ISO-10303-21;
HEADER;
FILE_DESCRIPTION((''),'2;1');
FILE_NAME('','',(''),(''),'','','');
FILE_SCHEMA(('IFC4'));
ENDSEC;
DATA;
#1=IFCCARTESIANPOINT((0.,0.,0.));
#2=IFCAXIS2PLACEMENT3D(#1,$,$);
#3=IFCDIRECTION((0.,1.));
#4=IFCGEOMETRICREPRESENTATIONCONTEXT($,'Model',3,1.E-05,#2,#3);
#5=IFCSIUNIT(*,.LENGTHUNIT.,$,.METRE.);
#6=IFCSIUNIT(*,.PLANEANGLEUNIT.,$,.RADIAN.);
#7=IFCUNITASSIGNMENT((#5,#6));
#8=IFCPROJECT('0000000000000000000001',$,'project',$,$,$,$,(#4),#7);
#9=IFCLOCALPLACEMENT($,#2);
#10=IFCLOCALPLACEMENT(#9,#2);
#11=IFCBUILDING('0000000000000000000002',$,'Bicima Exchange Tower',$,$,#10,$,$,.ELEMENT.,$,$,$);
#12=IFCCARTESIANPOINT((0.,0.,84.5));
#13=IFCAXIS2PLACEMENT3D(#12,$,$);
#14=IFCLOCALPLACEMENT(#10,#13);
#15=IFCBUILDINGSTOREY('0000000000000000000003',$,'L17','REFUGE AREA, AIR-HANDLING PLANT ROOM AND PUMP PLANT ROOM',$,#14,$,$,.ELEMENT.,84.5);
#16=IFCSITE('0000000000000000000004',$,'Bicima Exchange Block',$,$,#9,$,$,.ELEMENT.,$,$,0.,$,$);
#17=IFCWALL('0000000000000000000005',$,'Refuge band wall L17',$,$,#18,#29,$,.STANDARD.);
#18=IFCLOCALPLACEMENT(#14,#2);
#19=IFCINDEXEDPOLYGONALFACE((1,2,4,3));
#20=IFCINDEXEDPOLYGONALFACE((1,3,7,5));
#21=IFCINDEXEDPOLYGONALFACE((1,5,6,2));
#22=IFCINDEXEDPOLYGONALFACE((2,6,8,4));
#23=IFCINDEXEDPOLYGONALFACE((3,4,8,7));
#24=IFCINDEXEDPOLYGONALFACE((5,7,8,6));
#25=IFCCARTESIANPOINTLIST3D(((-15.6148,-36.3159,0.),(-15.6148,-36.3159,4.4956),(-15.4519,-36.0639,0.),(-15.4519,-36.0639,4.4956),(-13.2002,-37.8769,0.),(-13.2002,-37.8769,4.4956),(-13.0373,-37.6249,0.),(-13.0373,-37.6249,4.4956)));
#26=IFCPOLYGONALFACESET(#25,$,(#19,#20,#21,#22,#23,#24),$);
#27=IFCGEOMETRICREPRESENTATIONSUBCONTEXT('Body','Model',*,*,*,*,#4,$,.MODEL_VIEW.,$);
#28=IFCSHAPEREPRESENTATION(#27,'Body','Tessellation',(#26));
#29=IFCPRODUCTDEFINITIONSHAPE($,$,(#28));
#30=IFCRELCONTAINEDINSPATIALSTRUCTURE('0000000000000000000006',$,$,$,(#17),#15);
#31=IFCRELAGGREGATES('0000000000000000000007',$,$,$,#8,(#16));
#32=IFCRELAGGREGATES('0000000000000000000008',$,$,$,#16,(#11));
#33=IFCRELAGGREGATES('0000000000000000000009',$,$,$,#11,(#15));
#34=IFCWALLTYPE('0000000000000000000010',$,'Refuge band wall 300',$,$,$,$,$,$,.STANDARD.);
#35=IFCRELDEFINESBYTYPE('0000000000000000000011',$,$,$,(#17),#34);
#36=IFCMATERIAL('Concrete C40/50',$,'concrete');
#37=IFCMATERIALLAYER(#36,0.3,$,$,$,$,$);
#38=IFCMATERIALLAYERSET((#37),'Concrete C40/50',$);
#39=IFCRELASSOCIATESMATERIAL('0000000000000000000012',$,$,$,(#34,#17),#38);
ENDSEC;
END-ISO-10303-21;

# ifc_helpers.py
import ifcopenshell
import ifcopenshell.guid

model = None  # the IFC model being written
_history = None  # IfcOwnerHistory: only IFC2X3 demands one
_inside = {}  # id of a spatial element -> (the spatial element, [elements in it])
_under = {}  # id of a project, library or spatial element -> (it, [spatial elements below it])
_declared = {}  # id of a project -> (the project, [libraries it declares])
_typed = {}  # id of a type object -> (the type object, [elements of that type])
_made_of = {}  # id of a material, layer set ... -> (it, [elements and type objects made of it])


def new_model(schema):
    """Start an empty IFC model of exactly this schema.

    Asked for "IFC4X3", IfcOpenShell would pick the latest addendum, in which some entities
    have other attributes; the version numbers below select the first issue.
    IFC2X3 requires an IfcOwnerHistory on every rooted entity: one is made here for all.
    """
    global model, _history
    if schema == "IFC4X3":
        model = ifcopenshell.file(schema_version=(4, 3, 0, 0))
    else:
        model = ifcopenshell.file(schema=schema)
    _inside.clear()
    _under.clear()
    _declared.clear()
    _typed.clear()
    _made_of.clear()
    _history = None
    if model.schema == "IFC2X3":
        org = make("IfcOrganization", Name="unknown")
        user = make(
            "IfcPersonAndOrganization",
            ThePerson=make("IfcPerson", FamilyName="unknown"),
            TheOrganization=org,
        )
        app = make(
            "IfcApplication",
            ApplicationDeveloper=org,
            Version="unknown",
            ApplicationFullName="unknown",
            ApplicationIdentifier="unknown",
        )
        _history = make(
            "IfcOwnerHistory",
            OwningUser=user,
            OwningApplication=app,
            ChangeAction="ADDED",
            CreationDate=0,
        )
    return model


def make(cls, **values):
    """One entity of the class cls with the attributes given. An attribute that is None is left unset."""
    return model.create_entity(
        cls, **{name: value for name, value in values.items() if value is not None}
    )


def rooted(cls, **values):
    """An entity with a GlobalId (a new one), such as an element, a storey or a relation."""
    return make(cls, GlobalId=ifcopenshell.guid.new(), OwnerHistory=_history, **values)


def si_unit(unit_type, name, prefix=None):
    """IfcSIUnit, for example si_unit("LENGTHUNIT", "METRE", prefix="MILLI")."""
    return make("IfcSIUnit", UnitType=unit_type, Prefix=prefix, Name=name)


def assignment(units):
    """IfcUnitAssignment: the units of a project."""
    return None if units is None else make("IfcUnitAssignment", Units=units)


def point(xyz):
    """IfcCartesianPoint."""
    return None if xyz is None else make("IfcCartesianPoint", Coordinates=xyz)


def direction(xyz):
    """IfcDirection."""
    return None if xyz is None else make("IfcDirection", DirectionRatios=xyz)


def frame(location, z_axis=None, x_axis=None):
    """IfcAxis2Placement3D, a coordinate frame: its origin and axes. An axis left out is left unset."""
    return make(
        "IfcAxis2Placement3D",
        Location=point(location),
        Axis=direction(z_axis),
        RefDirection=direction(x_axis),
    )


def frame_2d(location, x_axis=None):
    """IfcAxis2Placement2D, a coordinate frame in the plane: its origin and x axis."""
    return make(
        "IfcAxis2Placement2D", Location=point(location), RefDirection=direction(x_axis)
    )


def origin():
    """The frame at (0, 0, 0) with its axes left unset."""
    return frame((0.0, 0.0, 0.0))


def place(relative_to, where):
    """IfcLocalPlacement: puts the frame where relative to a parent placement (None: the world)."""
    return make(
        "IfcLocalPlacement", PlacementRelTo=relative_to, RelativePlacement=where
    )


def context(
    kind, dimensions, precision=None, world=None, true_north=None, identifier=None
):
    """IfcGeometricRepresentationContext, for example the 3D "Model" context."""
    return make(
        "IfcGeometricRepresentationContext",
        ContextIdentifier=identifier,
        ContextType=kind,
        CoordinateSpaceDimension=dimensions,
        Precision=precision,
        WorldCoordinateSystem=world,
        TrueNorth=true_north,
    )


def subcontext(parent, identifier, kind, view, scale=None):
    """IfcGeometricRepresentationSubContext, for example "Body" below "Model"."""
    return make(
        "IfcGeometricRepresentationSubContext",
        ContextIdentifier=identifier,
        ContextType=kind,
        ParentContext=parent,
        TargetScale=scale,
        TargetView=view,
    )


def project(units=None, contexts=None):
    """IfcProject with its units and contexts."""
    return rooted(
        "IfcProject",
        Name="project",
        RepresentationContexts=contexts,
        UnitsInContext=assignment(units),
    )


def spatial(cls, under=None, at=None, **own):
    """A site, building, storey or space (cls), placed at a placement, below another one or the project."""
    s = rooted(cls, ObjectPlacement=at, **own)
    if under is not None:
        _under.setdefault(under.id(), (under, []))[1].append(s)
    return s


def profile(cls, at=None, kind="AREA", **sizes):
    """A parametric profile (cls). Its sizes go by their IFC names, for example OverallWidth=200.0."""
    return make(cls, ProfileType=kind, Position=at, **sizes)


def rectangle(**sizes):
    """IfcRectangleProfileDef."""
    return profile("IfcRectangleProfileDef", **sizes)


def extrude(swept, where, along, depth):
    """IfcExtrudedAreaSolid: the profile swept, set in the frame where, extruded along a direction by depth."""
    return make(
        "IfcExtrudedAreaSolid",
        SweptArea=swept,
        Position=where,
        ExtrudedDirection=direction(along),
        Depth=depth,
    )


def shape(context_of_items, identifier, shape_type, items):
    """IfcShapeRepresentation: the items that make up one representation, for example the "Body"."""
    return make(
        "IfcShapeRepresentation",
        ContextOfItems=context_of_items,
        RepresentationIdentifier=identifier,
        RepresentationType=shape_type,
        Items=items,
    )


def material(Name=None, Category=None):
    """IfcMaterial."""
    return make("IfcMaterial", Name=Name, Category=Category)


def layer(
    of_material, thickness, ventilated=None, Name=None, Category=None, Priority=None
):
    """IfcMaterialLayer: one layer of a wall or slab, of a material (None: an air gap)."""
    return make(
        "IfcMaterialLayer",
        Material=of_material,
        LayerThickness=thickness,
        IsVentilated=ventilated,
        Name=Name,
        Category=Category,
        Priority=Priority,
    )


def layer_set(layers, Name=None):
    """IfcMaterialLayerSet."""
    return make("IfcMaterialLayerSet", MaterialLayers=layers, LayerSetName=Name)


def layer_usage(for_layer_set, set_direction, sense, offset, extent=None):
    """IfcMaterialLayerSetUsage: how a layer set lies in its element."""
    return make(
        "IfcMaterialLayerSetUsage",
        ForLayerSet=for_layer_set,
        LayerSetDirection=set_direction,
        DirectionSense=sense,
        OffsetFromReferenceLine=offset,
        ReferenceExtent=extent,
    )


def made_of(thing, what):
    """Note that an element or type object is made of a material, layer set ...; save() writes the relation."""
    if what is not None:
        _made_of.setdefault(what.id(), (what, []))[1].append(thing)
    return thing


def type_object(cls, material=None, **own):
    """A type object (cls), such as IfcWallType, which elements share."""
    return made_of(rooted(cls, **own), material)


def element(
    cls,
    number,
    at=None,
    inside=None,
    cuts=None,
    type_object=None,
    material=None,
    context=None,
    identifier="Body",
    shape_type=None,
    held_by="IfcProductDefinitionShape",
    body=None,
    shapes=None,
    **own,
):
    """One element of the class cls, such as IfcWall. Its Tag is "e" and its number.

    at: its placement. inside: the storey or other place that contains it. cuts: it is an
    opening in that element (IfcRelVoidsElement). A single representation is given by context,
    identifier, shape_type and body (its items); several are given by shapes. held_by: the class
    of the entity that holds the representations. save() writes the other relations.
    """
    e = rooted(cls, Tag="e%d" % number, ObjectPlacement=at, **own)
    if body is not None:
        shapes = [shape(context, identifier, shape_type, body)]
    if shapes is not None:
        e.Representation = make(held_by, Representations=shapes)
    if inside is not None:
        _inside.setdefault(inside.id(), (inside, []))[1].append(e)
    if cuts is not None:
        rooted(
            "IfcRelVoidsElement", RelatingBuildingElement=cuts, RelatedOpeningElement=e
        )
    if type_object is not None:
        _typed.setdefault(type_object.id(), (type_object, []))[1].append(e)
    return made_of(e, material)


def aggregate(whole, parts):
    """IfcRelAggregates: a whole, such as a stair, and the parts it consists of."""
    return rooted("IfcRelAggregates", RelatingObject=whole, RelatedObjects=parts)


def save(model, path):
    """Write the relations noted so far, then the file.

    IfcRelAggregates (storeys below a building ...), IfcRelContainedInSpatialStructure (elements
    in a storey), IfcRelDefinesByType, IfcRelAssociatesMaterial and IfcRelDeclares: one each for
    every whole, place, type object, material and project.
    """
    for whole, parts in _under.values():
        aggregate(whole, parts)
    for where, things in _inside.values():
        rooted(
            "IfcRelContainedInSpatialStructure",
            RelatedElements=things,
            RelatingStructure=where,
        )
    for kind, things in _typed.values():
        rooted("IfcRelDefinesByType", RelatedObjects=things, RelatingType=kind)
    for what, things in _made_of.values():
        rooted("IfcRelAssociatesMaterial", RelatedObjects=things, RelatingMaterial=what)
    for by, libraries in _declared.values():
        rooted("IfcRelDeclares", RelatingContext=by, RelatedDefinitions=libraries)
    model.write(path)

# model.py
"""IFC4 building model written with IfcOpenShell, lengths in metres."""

from ifc_helpers import new_model, si_unit, direction, frame, frame_2d, origin, place, context, subcontext, project, spatial, rectangle, extrude, material, layer, layer_set, layer_usage, type_object, element, save


model = new_model("IFC4")

# Units and contexts
model_context = context("Model", 3, precision=1e-05, world=origin(), true_north=direction((0.0, 1.0)))
body_context = subcontext(model_context, "Body", "Model", "MODEL_VIEW")
ifc_project = project(units=[si_unit("LENGTHUNIT", "METRE"), si_unit("PLANEANGLEUNIT", "RADIAN")], contexts=[model_context])

# Site, building, storey
site_placement = place(None, origin())
site = spatial("IfcSite", under=ifc_project, at=site_placement, Name="Bicima Exchange Block", CompositionType="ELEMENT", RefElevation=0.0)
building_placement = place(site_placement, origin())
building = spatial("IfcBuilding", under=site, at=building_placement, Name="Bicima Exchange Tower", CompositionType="ELEMENT")
storey_placement = place(building_placement, frame((0.0, 0.0, 84.5)))
storey = spatial("IfcBuildingStorey", under=building, at=storey_placement, Name="L17", Description="REFUGE AREA, AIR-HANDLING PLANT ROOM AND PUMP PLANT ROOM", CompositionType="ELEMENT", Elevation=84.5)

# Shared definitions
ifc_material_1 = material(Name="Concrete C40/50", Category="concrete")

# Wall
ifc_layer_1 = layer(ifc_material_1, 0.3)
ifc_layer_set_1 = layer_set([ifc_layer_1], Name="Concrete C40/50")
ifc_layer_usage_1 = layer_usage(ifc_layer_set_1, "AXIS2", "POSITIVE", -0.15)
wall_type_1 = type_object("IfcWallType", Name="Refuge band wall 300", PredefinedType="STANDARD", material=ifc_layer_set_1)
wall_1_placement = place(storey_placement, frame((-15.5332, -36.1899, 0.0), z_axis=(0.0, 0.0, 1.0), x_axis=(0.83978, -0.542927, 0.0)))
element("IfcWall", 1, at=wall_1_placement, inside=storey, type_object=wall_type_1, material=ifc_layer_usage_1, Name="Refuge band wall L17", PredefinedType="STANDARD", context=body_context, shape_type="SweptSolid", body=[
    extrude(rectangle(XDim=2.8752, YDim=0.3, at=frame_2d((1.4375, 0.0))), origin(), (0.0, 0.0, 1.0), 4.4956),
])

save(model, "model.ifc")
